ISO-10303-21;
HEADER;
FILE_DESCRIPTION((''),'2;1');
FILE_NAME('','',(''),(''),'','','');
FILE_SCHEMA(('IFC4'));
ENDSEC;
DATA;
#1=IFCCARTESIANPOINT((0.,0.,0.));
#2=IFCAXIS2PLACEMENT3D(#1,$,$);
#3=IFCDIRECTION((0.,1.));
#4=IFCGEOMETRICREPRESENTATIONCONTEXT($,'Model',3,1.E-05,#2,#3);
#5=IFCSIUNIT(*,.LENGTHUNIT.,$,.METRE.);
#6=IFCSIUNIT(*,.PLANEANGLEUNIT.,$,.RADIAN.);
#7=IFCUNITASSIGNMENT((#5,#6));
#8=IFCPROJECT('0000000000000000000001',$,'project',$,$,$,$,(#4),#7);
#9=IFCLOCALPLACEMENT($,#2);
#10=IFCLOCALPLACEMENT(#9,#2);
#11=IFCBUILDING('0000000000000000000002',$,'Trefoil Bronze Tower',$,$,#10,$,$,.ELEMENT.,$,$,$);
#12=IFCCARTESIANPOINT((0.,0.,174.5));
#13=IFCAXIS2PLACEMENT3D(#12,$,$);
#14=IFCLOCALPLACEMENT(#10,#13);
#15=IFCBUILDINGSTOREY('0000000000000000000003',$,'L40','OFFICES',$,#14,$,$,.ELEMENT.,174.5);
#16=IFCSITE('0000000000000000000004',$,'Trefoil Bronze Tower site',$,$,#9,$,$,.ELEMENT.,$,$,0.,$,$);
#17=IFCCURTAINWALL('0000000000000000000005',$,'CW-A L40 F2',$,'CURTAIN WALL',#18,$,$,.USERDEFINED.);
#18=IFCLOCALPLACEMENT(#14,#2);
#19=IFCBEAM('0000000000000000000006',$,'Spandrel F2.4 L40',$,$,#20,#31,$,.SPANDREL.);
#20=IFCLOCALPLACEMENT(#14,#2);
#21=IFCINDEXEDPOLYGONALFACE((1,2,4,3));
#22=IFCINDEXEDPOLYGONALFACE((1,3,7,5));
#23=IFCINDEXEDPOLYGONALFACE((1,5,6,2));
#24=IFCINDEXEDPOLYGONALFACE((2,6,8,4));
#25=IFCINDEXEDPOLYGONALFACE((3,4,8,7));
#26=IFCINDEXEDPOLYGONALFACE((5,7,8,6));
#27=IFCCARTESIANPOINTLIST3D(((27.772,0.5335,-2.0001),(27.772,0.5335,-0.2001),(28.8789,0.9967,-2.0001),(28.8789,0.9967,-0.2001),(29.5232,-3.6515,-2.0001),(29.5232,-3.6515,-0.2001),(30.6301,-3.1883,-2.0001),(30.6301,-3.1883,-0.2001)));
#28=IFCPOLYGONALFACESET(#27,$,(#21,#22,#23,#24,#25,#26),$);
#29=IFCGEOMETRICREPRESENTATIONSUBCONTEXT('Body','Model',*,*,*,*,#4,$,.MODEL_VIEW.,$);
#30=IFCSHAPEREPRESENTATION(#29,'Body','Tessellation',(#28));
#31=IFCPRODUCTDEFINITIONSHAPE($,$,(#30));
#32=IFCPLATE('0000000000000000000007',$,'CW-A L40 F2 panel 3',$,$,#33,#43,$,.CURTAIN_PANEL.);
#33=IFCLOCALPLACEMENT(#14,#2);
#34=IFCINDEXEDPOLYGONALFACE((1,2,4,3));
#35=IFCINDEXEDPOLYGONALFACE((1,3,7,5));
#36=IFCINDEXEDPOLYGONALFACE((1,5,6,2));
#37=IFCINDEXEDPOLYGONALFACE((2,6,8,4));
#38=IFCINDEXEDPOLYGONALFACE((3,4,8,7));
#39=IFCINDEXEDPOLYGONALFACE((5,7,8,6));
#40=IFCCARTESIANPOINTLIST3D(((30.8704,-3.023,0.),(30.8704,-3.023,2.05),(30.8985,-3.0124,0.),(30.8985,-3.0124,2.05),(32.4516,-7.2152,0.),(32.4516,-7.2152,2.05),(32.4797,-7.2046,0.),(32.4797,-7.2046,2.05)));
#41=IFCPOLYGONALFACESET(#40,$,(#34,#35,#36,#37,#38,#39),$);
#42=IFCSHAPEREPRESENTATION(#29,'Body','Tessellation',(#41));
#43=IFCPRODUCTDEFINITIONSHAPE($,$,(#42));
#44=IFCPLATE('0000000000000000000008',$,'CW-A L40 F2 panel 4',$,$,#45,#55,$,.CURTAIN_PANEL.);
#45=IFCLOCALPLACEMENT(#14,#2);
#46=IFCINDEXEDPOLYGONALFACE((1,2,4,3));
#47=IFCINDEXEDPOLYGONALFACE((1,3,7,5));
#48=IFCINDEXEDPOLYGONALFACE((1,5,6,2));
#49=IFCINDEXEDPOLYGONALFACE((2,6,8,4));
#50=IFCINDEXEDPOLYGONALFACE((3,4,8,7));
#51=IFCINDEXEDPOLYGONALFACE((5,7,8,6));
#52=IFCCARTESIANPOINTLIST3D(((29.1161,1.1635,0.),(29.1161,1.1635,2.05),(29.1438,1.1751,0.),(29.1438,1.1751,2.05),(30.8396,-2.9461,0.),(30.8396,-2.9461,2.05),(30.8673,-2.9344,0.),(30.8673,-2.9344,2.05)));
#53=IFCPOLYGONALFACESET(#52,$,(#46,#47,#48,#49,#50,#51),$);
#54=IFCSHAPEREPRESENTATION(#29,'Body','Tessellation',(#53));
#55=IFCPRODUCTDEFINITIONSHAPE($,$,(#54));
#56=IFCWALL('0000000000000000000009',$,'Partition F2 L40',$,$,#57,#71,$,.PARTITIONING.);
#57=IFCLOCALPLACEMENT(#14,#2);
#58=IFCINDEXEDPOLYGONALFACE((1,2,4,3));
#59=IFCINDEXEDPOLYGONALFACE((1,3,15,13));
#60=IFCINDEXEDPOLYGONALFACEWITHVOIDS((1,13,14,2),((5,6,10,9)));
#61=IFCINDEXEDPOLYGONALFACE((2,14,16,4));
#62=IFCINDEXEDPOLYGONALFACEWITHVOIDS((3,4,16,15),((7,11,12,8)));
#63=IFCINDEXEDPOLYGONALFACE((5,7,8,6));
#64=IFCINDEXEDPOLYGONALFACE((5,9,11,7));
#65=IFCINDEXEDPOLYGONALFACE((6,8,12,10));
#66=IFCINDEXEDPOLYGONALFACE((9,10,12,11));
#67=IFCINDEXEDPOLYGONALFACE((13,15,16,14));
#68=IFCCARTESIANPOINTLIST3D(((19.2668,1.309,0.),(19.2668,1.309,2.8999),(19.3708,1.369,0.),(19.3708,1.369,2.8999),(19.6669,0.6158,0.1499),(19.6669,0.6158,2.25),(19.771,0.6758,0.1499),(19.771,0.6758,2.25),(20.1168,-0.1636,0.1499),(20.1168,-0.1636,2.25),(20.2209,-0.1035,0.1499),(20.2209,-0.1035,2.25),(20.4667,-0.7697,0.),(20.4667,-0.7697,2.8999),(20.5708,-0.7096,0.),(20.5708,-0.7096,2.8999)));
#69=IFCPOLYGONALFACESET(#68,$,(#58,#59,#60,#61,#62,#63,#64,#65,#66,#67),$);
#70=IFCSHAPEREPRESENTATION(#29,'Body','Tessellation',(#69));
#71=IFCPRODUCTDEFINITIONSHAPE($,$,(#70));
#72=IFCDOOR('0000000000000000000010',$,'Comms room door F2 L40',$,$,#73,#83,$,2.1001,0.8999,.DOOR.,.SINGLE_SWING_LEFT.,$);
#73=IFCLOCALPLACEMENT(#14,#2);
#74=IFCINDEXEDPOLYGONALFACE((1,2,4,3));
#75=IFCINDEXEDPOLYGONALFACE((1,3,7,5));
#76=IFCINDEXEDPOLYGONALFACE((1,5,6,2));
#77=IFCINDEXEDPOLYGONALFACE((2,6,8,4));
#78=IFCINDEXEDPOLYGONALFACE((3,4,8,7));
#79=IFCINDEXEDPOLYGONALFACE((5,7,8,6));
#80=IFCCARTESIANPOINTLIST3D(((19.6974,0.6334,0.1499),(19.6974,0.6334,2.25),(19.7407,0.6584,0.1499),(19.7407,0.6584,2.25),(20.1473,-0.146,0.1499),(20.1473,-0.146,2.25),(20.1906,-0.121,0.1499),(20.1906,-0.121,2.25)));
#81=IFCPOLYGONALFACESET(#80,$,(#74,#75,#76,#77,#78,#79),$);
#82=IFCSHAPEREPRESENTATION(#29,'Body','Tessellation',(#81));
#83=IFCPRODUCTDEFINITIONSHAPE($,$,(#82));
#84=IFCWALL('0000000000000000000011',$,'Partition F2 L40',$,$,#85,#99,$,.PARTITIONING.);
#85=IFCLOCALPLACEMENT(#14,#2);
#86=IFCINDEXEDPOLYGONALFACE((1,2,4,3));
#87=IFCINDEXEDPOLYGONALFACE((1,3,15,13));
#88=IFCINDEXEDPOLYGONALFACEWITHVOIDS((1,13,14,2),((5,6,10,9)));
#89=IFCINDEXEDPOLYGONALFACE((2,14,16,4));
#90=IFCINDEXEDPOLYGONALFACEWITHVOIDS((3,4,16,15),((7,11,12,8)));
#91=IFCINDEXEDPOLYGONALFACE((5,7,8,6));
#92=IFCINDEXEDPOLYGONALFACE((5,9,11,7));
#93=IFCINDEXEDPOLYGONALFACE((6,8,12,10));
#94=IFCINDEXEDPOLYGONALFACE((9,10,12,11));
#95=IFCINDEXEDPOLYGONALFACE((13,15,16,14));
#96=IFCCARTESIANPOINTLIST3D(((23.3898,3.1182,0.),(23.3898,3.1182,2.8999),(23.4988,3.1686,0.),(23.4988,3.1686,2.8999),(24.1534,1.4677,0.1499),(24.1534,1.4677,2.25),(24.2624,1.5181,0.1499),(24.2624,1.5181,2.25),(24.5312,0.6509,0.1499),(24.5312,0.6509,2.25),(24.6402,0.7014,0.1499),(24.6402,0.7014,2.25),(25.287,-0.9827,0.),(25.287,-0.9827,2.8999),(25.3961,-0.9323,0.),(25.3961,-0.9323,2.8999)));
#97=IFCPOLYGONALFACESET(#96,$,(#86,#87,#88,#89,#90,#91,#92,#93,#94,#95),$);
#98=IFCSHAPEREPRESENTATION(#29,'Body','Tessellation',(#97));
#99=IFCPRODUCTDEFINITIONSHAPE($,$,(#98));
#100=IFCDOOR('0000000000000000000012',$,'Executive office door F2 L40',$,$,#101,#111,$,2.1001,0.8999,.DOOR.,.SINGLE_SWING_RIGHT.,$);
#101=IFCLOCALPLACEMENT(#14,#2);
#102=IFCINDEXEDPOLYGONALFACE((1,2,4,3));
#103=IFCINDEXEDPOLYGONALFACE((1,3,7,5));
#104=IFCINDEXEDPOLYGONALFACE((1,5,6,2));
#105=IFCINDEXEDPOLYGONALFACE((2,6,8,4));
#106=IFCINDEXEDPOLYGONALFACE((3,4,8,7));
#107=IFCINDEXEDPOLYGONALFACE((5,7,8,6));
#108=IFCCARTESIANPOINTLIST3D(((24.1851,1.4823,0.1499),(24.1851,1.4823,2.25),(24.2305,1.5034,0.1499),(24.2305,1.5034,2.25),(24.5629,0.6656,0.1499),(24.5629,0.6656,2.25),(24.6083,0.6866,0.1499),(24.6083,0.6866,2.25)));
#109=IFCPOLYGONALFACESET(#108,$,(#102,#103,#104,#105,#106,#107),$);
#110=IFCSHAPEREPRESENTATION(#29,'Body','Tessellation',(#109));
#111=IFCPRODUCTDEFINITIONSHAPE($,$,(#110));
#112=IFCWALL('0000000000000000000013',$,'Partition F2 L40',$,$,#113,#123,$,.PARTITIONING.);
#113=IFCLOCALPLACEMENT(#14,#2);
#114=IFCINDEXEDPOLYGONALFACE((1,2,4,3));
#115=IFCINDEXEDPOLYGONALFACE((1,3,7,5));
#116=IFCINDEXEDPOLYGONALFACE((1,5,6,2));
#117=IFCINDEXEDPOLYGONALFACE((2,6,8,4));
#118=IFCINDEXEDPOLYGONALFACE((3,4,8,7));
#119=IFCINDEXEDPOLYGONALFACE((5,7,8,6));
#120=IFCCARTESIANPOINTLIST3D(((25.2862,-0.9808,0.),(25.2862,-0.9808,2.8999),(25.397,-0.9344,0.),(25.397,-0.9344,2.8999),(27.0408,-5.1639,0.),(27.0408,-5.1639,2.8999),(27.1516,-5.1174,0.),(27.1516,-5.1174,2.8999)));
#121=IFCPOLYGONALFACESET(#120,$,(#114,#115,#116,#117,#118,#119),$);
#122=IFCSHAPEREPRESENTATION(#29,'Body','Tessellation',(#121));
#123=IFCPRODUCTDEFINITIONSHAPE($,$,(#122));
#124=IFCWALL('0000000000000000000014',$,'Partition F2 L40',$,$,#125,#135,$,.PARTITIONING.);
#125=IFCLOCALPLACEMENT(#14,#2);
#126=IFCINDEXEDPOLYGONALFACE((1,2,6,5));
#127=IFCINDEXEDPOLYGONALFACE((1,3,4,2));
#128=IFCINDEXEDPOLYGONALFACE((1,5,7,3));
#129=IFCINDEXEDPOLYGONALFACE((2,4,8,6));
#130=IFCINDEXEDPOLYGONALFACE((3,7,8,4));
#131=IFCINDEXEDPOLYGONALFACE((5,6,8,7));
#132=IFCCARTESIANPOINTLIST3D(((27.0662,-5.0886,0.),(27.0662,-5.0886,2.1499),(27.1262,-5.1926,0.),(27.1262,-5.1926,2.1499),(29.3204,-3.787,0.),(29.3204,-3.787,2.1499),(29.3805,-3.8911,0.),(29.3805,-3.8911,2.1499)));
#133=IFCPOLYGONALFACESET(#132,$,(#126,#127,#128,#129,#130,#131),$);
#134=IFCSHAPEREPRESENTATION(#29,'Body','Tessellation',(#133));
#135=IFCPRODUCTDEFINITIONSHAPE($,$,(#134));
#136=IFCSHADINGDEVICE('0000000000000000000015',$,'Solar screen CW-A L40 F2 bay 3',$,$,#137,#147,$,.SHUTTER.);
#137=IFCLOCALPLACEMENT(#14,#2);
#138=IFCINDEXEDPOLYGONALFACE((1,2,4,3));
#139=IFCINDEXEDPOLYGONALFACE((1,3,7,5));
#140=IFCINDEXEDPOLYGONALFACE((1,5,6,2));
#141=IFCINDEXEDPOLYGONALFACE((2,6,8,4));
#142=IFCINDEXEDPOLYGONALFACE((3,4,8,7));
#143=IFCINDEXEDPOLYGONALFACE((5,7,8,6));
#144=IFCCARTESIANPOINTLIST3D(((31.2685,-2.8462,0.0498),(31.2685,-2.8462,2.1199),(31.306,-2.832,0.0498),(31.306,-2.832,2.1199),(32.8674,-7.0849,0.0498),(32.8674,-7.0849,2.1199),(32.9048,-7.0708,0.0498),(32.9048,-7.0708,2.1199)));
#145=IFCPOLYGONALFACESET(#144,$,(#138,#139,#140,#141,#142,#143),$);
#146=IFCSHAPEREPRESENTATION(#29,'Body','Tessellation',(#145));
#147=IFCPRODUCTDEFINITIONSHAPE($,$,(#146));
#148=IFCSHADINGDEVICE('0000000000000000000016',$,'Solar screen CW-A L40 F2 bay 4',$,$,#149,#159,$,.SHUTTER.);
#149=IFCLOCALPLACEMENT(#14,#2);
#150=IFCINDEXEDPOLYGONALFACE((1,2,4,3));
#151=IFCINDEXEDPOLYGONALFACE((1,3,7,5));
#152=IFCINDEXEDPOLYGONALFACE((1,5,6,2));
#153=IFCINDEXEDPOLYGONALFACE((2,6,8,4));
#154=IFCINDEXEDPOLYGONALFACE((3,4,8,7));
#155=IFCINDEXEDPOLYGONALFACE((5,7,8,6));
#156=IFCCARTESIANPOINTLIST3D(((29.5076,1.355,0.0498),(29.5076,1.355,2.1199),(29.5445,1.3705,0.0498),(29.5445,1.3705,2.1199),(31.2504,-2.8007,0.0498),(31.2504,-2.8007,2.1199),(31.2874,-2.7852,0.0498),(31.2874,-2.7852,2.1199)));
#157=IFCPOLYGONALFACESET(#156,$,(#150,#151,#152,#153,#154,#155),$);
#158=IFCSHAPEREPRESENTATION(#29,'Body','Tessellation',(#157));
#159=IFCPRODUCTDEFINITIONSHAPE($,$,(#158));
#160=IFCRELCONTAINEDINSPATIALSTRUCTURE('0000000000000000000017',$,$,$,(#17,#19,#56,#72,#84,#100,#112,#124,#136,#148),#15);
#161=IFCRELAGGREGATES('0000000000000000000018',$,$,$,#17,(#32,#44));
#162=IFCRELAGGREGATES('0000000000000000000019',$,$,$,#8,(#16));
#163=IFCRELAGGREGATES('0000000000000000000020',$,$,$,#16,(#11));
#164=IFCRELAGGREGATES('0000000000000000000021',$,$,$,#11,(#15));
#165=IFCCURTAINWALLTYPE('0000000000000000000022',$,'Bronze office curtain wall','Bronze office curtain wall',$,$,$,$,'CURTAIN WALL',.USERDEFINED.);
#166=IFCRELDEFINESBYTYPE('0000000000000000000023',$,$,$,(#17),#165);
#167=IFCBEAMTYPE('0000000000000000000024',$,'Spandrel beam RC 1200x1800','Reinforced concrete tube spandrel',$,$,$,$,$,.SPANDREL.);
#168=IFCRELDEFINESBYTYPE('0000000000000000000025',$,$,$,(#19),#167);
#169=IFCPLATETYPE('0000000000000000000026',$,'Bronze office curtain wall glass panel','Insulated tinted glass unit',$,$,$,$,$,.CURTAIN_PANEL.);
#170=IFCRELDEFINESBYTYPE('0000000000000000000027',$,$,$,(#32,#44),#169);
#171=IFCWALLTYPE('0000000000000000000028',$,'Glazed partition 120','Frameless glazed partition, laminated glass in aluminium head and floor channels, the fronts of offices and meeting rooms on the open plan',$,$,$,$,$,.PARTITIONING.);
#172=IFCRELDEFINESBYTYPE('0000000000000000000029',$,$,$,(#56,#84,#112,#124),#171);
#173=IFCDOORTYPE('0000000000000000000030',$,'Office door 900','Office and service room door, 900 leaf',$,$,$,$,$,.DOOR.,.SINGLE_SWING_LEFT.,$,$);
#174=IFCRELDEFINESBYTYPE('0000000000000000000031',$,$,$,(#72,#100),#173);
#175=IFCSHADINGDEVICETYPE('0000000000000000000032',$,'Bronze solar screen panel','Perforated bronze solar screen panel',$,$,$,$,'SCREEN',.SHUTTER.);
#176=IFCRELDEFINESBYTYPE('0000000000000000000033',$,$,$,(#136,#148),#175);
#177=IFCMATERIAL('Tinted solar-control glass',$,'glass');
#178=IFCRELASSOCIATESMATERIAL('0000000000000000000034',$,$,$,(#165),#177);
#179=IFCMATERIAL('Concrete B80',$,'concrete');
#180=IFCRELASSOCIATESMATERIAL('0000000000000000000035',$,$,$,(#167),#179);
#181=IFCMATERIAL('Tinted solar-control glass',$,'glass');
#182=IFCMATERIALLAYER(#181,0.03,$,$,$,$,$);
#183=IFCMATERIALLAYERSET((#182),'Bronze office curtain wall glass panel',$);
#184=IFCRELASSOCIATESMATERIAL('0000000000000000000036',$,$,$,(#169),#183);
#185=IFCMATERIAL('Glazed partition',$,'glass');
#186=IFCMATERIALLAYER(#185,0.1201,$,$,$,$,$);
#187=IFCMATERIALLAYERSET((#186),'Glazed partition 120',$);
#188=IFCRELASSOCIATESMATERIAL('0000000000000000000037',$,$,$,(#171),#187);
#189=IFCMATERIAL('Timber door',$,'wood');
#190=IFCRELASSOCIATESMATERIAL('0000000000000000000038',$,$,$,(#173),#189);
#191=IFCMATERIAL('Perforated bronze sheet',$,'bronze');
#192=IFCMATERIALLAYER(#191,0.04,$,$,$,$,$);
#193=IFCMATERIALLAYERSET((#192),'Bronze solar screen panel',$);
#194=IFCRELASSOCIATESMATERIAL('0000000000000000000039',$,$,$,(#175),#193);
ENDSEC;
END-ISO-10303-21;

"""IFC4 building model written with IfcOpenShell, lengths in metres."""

from ifc_helpers import new_model, si_unit, direction, frame, frame_2d, origin, origin_2d, place, context, subcontext, project, spatial, rectangle, extrude, material, layer, layer_set, material_profile, profile_set, type_object, element, fill, aggregate, save


model = new_model("IFC4")

# Units and contexts
model_context = context("Model", 3, precision=1e-05, world=origin(), true_north=direction((0.0, 1.0)))
body_context = subcontext(model_context, "Body", "Model", "MODEL_VIEW")
ifc_project = project(units=[si_unit("LENGTHUNIT", "METRE"), si_unit("PLANEANGLEUNIT", "RADIAN")], contexts=[model_context])

# Site, building, storey
site_placement = place(None, origin())
site = spatial("IfcSite", under=ifc_project, at=site_placement, Name="Trefoil Bronze Tower site", CompositionType="ELEMENT", RefElevation=0.0)
building_placement = place(site_placement, origin())
building = spatial("IfcBuilding", under=site, at=building_placement, Name="Trefoil Bronze Tower", CompositionType="ELEMENT")
storey_placement = place(building_placement, frame((0.0, 0.0, 174.5)))
storey = spatial("IfcBuildingStorey", under=building, at=storey_placement, Name="L40", Description="OFFICES", CompositionType="ELEMENT", Elevation=174.5)

# Curtain wall
ifc_material_1 = material(Name="Tinted solar-control glass", Category="glass")
curtain_wall_type = type_object("IfcCurtainWallType", Name="Bronze office curtain wall", Description="Bronze office curtain wall", ElementType="CURTAIN WALL", PredefinedType="USERDEFINED", material=ifc_material_1)
curtain_wall_placement = place(storey_placement, origin())
curtain_wall = element("IfcCurtainWall", 1, at=curtain_wall_placement, inside=storey, type_object=curtain_wall_type, Name="CW-A L40 F2", ObjectType="CURTAIN WALL", PredefinedType="USERDEFINED")

# Beam
ifc_material_2 = material(Name="Concrete B80", Category="concrete")
ifc_material_profile_1 = material_profile(ifc_material_2, rectangle(XDim=1.2, YDim=1.8, at=origin_2d()), Name="RC 1200x1800")
ifc_profile_set_1 = profile_set([ifc_material_profile_1], Name="Concrete B80")
beam_type_1 = type_object("IfcBeamType", Name="Spandrel beam RC 1200x1800", Description="Reinforced concrete tube spandrel", PredefinedType="SPANDREL", material=ifc_profile_set_1)
beam_1_placement = place(storey_placement, frame((30.0767, -3.4199, -1.1001), z_axis=(-0.386013, 0.922493, 0.0), x_axis=(-0.922493, -0.386013, 0.0)))
element("IfcBeam", 2, at=beam_1_placement, inside=storey, type_object=beam_type_1, Name="Spandrel F2.4 L40", PredefinedType="SPANDREL", context=body_context, shape_type="SweptSolid", body=[
    extrude(rectangle(XDim=1.2, YDim=1.8, at=origin_2d()), origin(), (0.0, 0.0, 1.0), 4.5366),
])

# Plates
ifc_material_3 = material(Name="Tinted solar-control glass", Category="glass")
ifc_layer_1 = layer(ifc_material_3, 0.03)
ifc_layer_set_1 = layer_set([ifc_layer_1], Name="Bronze office curtain wall glass panel")
plate_type = type_object("IfcPlateType", Name="Bronze office curtain wall glass panel", Description="Insulated tinted glass unit", PredefinedType="CURTAIN_PANEL", material=ifc_layer_set_1)
plate_1_placement = place(storey_placement, frame((31.675, -5.1138, 0.0), z_axis=(0.0, 0.0, 1.0), x_axis=(-0.35292, 0.935654, 0.0)))
plate_1 = element("IfcPlate", 3, at=plate_1_placement, type_object=plate_type, Name="CW-A L40 F2 panel 3", PredefinedType="CURTAIN_PANEL", context=body_context, shape_type="SweptSolid", body=[
    extrude(rectangle(XDim=4.4805, YDim=0.03, at=origin_2d()), origin(), (0.0, 0.0, 1.0), 2.05),
])
plate_2_placement = place(storey_placement, frame((29.9917, -0.8855, 0.0), z_axis=(0.0, 0.0, 1.0), x_axis=(-0.386759, 0.922181, 0.0)))
plate_2 = element("IfcPlate", 4, at=plate_2_placement, type_object=plate_type, Name="CW-A L40 F2 panel 4", PredefinedType="CURTAIN_PANEL", context=body_context, shape_type="SweptSolid", body=[
    extrude(rectangle(XDim=4.4563, YDim=0.03, at=origin_2d()), origin(), (0.0, 0.0, 1.0), 2.05),
])
aggregate(curtain_wall, [plate_1, plate_2])

# Walls, openings, doors
ifc_material_4 = material(Name="Glazed partition", Category="glass")
ifc_layer_2 = layer(ifc_material_4, 0.1201)
ifc_layer_set_2 = layer_set([ifc_layer_2], Name="Glazed partition 120")
wall_type = type_object("IfcWallType", Name="Glazed partition 120", Description="Frameless glazed partition, laminated glass in aluminium head and floor channels, the fronts of offices and meeting rooms on the open plan", PredefinedType="PARTITIONING", material=ifc_layer_set_2)
wall_1_placement = place(storey_placement, frame((20.5188, -0.7397, 0.0), z_axis=(0.0, 0.0, 1.0), x_axis=(-0.499957, 0.86605, 0.0)))
wall_1 = element("IfcWall", 5, at=wall_1_placement, inside=storey, type_object=wall_type, Name="Partition F2 L40", PredefinedType="PARTITIONING", context=body_context, shape_type="SweptSolid", body=[
    extrude(rectangle(XDim=2.4001, YDim=0.1201, at=frame_2d((1.2002, 0.0))), origin(), (0.0, 0.0, 1.0), 2.8999),
])
opening_1_placement = place(wall_1_placement, frame((0.7, 0.0, 0.1499)))
opening_1 = element("IfcOpeningElement", 6, at=opening_1_placement, cuts=wall_1, PredefinedType="OPENING", context=body_context, shape_type="SweptSolid", body=[
    extrude(rectangle(XDim=0.8999, YDim=2.1001, at=frame_2d((0.45, 1.05))), frame((0.0, 0.0701, 0.0), z_axis=(0.0, -1.0, 0.0), x_axis=(1.0, 0.0, 0.0)), (0.0, 0.0, 1.0), 0.1401),
])
ifc_material_5 = material(Name="Timber door", Category="wood")
door_type = type_object("IfcDoorType", Name="Office door 900", Description="Office and service room door, 900 leaf", OperationType="SINGLE_SWING_LEFT", PredefinedType="DOOR", material=ifc_material_5)
door_1_placement = place(opening_1_placement, origin())
door_1 = element("IfcDoor", 7, at=door_1_placement, inside=storey, type_object=door_type, Name="Comms room door F2 L40", OperationType="SINGLE_SWING_LEFT", OverallHeight=2.1001, OverallWidth=0.8999, PredefinedType="DOOR", context=body_context, shape_type="SweptSolid", body=[
    extrude(rectangle(XDim=0.8999, YDim=2.1001, at=frame_2d((0.45, 1.05))), frame((0.0, 0.0249, 0.0), z_axis=(0.0, -1.0, 0.0), x_axis=(1.0, 0.0, 0.0)), (0.0, 0.0, 1.0), 0.05),
])
fill(opening_1, door_1)
wall_2_placement = place(storey_placement, frame((25.3416, -0.9575, 0.0), z_axis=(0.0, 0.0, 1.0), x_axis=(-0.419884, 0.907578, 0.0)))
wall_2 = element("IfcWall", 8, at=wall_2_placement, inside=storey, type_object=wall_type, Name="Partition F2 L40", PredefinedType="PARTITIONING", context=body_context, shape_type="SweptSolid", body=[
    extrude(rectangle(XDim=4.5186, YDim=0.1201, at=frame_2d((2.2593, 0.0))), origin(), (0.0, 0.0, 1.0), 2.8999),
])
opening_2_placement = place(wall_2_placement, frame((1.8, 0.0, 0.1499)))
opening_2 = element("IfcOpeningElement", 9, at=opening_2_placement, cuts=wall_2, PredefinedType="OPENING", context=body_context, shape_type="SweptSolid", body=[
    extrude(rectangle(XDim=0.8999, YDim=2.1001, at=frame_2d((0.45, 1.05))), frame((0.0, 0.0701, 0.0), z_axis=(0.0, -1.0, 0.0), x_axis=(1.0, 0.0, 0.0)), (0.0, 0.0, 1.0), 0.1401),
])
door_2_placement = place(opening_2_placement, frame((0.8999, 0.0, 0.0), z_axis=(0.0, 0.0, 1.0), x_axis=(-1.0, 0.0, 0.0)))
door_2 = element("IfcDoor", 10, at=door_2_placement, inside=storey, type_object=door_type, Name="Executive office door F2 L40", OperationType="SINGLE_SWING_RIGHT", OverallHeight=2.1001, OverallWidth=0.8999, PredefinedType="DOOR", context=body_context, shape_type="SweptSolid", body=[
    extrude(rectangle(XDim=0.8999, YDim=2.1001, at=frame_2d((0.45, 1.05))), frame((0.0, 0.0249, 0.0), z_axis=(0.0, -1.0, 0.0), x_axis=(1.0, 0.0, 0.0)), (0.0, 0.0, 1.0), 0.05),
])
fill(opening_2, door_2)

# Walls
wall_3_placement = place(storey_placement, frame((27.0962, -5.1406, 0.0), z_axis=(0.0, 0.0, 1.0), x_axis=(-0.386808, 0.92216, 0.0)))
element("IfcWall", 11, at=wall_3_placement, inside=storey, type_object=wall_type, Name="Partition F2 L40", PredefinedType="PARTITIONING", context=body_context, shape_type="SweptSolid", body=[
    extrude(rectangle(XDim=4.5361, YDim=0.1201, at=frame_2d((2.2681, 0.0))), origin(), (0.0, 0.0, 1.0), 2.8999),
])
wall_4_placement = place(storey_placement, frame((27.0962, -5.1406, 0.0), z_axis=(0.0, 0.0, 1.0), x_axis=(0.866012, 0.500023, 0.0)))
element("IfcWall", 12, at=wall_4_placement, inside=storey, type_object=wall_type, Name="Partition F2 L40", PredefinedType="PARTITIONING", context=body_context, shape_type="SweptSolid", body=[
    extrude(rectangle(XDim=2.603, YDim=0.1201, at=frame_2d((1.3015, 0.0))), origin(), (0.0, 0.0, 1.0), 2.1499),
])

# Shading devices
ifc_material_6 = material(Name="Perforated bronze sheet", Category="bronze")
ifc_layer_3 = layer(ifc_material_6, 0.04)
ifc_layer_set_3 = layer_set([ifc_layer_3], Name="Bronze solar screen panel")
shading_device_type = type_object("IfcShadingDeviceType", Name="Bronze solar screen panel", Description="Perforated bronze solar screen panel", ElementType="SCREEN", PredefinedType="SHUTTER", material=ifc_layer_set_3)
shading_device_1_placement = place(storey_placement, frame((32.0867, -4.9585, 0.0498), z_axis=(0.0, 0.0, 1.0), x_axis=(-0.35292, 0.935654, 0.0)))
element("IfcShadingDevice", 13, at=shading_device_1_placement, inside=storey, type_object=shading_device_type, Name="Solar screen CW-A L40 F2 bay 3", PredefinedType="SHUTTER", context=body_context, shape_type="SweptSolid", body=[
    extrude(rectangle(XDim=4.5303, YDim=0.04, at=origin_2d()), origin(), (0.0, 0.0, 1.0), 2.0701),
])
shading_device_2_placement = place(storey_placement, frame((30.3975, -0.7151, 0.0498), z_axis=(0.0, 0.0, 1.0), x_axis=(-0.386759, 0.922181, 0.0)))
element("IfcShadingDevice", 14, at=shading_device_2_placement, inside=storey, type_object=shading_device_type, Name="Solar screen CW-A L40 F2 bay 4", PredefinedType="SHUTTER", context=body_context, shape_type="SweptSolid", body=[
    extrude(rectangle(XDim=4.5063, YDim=0.04, at=origin_2d()), origin(), (0.0, 0.0, 1.0), 2.0701),
])

save(model, "model.ifc")
